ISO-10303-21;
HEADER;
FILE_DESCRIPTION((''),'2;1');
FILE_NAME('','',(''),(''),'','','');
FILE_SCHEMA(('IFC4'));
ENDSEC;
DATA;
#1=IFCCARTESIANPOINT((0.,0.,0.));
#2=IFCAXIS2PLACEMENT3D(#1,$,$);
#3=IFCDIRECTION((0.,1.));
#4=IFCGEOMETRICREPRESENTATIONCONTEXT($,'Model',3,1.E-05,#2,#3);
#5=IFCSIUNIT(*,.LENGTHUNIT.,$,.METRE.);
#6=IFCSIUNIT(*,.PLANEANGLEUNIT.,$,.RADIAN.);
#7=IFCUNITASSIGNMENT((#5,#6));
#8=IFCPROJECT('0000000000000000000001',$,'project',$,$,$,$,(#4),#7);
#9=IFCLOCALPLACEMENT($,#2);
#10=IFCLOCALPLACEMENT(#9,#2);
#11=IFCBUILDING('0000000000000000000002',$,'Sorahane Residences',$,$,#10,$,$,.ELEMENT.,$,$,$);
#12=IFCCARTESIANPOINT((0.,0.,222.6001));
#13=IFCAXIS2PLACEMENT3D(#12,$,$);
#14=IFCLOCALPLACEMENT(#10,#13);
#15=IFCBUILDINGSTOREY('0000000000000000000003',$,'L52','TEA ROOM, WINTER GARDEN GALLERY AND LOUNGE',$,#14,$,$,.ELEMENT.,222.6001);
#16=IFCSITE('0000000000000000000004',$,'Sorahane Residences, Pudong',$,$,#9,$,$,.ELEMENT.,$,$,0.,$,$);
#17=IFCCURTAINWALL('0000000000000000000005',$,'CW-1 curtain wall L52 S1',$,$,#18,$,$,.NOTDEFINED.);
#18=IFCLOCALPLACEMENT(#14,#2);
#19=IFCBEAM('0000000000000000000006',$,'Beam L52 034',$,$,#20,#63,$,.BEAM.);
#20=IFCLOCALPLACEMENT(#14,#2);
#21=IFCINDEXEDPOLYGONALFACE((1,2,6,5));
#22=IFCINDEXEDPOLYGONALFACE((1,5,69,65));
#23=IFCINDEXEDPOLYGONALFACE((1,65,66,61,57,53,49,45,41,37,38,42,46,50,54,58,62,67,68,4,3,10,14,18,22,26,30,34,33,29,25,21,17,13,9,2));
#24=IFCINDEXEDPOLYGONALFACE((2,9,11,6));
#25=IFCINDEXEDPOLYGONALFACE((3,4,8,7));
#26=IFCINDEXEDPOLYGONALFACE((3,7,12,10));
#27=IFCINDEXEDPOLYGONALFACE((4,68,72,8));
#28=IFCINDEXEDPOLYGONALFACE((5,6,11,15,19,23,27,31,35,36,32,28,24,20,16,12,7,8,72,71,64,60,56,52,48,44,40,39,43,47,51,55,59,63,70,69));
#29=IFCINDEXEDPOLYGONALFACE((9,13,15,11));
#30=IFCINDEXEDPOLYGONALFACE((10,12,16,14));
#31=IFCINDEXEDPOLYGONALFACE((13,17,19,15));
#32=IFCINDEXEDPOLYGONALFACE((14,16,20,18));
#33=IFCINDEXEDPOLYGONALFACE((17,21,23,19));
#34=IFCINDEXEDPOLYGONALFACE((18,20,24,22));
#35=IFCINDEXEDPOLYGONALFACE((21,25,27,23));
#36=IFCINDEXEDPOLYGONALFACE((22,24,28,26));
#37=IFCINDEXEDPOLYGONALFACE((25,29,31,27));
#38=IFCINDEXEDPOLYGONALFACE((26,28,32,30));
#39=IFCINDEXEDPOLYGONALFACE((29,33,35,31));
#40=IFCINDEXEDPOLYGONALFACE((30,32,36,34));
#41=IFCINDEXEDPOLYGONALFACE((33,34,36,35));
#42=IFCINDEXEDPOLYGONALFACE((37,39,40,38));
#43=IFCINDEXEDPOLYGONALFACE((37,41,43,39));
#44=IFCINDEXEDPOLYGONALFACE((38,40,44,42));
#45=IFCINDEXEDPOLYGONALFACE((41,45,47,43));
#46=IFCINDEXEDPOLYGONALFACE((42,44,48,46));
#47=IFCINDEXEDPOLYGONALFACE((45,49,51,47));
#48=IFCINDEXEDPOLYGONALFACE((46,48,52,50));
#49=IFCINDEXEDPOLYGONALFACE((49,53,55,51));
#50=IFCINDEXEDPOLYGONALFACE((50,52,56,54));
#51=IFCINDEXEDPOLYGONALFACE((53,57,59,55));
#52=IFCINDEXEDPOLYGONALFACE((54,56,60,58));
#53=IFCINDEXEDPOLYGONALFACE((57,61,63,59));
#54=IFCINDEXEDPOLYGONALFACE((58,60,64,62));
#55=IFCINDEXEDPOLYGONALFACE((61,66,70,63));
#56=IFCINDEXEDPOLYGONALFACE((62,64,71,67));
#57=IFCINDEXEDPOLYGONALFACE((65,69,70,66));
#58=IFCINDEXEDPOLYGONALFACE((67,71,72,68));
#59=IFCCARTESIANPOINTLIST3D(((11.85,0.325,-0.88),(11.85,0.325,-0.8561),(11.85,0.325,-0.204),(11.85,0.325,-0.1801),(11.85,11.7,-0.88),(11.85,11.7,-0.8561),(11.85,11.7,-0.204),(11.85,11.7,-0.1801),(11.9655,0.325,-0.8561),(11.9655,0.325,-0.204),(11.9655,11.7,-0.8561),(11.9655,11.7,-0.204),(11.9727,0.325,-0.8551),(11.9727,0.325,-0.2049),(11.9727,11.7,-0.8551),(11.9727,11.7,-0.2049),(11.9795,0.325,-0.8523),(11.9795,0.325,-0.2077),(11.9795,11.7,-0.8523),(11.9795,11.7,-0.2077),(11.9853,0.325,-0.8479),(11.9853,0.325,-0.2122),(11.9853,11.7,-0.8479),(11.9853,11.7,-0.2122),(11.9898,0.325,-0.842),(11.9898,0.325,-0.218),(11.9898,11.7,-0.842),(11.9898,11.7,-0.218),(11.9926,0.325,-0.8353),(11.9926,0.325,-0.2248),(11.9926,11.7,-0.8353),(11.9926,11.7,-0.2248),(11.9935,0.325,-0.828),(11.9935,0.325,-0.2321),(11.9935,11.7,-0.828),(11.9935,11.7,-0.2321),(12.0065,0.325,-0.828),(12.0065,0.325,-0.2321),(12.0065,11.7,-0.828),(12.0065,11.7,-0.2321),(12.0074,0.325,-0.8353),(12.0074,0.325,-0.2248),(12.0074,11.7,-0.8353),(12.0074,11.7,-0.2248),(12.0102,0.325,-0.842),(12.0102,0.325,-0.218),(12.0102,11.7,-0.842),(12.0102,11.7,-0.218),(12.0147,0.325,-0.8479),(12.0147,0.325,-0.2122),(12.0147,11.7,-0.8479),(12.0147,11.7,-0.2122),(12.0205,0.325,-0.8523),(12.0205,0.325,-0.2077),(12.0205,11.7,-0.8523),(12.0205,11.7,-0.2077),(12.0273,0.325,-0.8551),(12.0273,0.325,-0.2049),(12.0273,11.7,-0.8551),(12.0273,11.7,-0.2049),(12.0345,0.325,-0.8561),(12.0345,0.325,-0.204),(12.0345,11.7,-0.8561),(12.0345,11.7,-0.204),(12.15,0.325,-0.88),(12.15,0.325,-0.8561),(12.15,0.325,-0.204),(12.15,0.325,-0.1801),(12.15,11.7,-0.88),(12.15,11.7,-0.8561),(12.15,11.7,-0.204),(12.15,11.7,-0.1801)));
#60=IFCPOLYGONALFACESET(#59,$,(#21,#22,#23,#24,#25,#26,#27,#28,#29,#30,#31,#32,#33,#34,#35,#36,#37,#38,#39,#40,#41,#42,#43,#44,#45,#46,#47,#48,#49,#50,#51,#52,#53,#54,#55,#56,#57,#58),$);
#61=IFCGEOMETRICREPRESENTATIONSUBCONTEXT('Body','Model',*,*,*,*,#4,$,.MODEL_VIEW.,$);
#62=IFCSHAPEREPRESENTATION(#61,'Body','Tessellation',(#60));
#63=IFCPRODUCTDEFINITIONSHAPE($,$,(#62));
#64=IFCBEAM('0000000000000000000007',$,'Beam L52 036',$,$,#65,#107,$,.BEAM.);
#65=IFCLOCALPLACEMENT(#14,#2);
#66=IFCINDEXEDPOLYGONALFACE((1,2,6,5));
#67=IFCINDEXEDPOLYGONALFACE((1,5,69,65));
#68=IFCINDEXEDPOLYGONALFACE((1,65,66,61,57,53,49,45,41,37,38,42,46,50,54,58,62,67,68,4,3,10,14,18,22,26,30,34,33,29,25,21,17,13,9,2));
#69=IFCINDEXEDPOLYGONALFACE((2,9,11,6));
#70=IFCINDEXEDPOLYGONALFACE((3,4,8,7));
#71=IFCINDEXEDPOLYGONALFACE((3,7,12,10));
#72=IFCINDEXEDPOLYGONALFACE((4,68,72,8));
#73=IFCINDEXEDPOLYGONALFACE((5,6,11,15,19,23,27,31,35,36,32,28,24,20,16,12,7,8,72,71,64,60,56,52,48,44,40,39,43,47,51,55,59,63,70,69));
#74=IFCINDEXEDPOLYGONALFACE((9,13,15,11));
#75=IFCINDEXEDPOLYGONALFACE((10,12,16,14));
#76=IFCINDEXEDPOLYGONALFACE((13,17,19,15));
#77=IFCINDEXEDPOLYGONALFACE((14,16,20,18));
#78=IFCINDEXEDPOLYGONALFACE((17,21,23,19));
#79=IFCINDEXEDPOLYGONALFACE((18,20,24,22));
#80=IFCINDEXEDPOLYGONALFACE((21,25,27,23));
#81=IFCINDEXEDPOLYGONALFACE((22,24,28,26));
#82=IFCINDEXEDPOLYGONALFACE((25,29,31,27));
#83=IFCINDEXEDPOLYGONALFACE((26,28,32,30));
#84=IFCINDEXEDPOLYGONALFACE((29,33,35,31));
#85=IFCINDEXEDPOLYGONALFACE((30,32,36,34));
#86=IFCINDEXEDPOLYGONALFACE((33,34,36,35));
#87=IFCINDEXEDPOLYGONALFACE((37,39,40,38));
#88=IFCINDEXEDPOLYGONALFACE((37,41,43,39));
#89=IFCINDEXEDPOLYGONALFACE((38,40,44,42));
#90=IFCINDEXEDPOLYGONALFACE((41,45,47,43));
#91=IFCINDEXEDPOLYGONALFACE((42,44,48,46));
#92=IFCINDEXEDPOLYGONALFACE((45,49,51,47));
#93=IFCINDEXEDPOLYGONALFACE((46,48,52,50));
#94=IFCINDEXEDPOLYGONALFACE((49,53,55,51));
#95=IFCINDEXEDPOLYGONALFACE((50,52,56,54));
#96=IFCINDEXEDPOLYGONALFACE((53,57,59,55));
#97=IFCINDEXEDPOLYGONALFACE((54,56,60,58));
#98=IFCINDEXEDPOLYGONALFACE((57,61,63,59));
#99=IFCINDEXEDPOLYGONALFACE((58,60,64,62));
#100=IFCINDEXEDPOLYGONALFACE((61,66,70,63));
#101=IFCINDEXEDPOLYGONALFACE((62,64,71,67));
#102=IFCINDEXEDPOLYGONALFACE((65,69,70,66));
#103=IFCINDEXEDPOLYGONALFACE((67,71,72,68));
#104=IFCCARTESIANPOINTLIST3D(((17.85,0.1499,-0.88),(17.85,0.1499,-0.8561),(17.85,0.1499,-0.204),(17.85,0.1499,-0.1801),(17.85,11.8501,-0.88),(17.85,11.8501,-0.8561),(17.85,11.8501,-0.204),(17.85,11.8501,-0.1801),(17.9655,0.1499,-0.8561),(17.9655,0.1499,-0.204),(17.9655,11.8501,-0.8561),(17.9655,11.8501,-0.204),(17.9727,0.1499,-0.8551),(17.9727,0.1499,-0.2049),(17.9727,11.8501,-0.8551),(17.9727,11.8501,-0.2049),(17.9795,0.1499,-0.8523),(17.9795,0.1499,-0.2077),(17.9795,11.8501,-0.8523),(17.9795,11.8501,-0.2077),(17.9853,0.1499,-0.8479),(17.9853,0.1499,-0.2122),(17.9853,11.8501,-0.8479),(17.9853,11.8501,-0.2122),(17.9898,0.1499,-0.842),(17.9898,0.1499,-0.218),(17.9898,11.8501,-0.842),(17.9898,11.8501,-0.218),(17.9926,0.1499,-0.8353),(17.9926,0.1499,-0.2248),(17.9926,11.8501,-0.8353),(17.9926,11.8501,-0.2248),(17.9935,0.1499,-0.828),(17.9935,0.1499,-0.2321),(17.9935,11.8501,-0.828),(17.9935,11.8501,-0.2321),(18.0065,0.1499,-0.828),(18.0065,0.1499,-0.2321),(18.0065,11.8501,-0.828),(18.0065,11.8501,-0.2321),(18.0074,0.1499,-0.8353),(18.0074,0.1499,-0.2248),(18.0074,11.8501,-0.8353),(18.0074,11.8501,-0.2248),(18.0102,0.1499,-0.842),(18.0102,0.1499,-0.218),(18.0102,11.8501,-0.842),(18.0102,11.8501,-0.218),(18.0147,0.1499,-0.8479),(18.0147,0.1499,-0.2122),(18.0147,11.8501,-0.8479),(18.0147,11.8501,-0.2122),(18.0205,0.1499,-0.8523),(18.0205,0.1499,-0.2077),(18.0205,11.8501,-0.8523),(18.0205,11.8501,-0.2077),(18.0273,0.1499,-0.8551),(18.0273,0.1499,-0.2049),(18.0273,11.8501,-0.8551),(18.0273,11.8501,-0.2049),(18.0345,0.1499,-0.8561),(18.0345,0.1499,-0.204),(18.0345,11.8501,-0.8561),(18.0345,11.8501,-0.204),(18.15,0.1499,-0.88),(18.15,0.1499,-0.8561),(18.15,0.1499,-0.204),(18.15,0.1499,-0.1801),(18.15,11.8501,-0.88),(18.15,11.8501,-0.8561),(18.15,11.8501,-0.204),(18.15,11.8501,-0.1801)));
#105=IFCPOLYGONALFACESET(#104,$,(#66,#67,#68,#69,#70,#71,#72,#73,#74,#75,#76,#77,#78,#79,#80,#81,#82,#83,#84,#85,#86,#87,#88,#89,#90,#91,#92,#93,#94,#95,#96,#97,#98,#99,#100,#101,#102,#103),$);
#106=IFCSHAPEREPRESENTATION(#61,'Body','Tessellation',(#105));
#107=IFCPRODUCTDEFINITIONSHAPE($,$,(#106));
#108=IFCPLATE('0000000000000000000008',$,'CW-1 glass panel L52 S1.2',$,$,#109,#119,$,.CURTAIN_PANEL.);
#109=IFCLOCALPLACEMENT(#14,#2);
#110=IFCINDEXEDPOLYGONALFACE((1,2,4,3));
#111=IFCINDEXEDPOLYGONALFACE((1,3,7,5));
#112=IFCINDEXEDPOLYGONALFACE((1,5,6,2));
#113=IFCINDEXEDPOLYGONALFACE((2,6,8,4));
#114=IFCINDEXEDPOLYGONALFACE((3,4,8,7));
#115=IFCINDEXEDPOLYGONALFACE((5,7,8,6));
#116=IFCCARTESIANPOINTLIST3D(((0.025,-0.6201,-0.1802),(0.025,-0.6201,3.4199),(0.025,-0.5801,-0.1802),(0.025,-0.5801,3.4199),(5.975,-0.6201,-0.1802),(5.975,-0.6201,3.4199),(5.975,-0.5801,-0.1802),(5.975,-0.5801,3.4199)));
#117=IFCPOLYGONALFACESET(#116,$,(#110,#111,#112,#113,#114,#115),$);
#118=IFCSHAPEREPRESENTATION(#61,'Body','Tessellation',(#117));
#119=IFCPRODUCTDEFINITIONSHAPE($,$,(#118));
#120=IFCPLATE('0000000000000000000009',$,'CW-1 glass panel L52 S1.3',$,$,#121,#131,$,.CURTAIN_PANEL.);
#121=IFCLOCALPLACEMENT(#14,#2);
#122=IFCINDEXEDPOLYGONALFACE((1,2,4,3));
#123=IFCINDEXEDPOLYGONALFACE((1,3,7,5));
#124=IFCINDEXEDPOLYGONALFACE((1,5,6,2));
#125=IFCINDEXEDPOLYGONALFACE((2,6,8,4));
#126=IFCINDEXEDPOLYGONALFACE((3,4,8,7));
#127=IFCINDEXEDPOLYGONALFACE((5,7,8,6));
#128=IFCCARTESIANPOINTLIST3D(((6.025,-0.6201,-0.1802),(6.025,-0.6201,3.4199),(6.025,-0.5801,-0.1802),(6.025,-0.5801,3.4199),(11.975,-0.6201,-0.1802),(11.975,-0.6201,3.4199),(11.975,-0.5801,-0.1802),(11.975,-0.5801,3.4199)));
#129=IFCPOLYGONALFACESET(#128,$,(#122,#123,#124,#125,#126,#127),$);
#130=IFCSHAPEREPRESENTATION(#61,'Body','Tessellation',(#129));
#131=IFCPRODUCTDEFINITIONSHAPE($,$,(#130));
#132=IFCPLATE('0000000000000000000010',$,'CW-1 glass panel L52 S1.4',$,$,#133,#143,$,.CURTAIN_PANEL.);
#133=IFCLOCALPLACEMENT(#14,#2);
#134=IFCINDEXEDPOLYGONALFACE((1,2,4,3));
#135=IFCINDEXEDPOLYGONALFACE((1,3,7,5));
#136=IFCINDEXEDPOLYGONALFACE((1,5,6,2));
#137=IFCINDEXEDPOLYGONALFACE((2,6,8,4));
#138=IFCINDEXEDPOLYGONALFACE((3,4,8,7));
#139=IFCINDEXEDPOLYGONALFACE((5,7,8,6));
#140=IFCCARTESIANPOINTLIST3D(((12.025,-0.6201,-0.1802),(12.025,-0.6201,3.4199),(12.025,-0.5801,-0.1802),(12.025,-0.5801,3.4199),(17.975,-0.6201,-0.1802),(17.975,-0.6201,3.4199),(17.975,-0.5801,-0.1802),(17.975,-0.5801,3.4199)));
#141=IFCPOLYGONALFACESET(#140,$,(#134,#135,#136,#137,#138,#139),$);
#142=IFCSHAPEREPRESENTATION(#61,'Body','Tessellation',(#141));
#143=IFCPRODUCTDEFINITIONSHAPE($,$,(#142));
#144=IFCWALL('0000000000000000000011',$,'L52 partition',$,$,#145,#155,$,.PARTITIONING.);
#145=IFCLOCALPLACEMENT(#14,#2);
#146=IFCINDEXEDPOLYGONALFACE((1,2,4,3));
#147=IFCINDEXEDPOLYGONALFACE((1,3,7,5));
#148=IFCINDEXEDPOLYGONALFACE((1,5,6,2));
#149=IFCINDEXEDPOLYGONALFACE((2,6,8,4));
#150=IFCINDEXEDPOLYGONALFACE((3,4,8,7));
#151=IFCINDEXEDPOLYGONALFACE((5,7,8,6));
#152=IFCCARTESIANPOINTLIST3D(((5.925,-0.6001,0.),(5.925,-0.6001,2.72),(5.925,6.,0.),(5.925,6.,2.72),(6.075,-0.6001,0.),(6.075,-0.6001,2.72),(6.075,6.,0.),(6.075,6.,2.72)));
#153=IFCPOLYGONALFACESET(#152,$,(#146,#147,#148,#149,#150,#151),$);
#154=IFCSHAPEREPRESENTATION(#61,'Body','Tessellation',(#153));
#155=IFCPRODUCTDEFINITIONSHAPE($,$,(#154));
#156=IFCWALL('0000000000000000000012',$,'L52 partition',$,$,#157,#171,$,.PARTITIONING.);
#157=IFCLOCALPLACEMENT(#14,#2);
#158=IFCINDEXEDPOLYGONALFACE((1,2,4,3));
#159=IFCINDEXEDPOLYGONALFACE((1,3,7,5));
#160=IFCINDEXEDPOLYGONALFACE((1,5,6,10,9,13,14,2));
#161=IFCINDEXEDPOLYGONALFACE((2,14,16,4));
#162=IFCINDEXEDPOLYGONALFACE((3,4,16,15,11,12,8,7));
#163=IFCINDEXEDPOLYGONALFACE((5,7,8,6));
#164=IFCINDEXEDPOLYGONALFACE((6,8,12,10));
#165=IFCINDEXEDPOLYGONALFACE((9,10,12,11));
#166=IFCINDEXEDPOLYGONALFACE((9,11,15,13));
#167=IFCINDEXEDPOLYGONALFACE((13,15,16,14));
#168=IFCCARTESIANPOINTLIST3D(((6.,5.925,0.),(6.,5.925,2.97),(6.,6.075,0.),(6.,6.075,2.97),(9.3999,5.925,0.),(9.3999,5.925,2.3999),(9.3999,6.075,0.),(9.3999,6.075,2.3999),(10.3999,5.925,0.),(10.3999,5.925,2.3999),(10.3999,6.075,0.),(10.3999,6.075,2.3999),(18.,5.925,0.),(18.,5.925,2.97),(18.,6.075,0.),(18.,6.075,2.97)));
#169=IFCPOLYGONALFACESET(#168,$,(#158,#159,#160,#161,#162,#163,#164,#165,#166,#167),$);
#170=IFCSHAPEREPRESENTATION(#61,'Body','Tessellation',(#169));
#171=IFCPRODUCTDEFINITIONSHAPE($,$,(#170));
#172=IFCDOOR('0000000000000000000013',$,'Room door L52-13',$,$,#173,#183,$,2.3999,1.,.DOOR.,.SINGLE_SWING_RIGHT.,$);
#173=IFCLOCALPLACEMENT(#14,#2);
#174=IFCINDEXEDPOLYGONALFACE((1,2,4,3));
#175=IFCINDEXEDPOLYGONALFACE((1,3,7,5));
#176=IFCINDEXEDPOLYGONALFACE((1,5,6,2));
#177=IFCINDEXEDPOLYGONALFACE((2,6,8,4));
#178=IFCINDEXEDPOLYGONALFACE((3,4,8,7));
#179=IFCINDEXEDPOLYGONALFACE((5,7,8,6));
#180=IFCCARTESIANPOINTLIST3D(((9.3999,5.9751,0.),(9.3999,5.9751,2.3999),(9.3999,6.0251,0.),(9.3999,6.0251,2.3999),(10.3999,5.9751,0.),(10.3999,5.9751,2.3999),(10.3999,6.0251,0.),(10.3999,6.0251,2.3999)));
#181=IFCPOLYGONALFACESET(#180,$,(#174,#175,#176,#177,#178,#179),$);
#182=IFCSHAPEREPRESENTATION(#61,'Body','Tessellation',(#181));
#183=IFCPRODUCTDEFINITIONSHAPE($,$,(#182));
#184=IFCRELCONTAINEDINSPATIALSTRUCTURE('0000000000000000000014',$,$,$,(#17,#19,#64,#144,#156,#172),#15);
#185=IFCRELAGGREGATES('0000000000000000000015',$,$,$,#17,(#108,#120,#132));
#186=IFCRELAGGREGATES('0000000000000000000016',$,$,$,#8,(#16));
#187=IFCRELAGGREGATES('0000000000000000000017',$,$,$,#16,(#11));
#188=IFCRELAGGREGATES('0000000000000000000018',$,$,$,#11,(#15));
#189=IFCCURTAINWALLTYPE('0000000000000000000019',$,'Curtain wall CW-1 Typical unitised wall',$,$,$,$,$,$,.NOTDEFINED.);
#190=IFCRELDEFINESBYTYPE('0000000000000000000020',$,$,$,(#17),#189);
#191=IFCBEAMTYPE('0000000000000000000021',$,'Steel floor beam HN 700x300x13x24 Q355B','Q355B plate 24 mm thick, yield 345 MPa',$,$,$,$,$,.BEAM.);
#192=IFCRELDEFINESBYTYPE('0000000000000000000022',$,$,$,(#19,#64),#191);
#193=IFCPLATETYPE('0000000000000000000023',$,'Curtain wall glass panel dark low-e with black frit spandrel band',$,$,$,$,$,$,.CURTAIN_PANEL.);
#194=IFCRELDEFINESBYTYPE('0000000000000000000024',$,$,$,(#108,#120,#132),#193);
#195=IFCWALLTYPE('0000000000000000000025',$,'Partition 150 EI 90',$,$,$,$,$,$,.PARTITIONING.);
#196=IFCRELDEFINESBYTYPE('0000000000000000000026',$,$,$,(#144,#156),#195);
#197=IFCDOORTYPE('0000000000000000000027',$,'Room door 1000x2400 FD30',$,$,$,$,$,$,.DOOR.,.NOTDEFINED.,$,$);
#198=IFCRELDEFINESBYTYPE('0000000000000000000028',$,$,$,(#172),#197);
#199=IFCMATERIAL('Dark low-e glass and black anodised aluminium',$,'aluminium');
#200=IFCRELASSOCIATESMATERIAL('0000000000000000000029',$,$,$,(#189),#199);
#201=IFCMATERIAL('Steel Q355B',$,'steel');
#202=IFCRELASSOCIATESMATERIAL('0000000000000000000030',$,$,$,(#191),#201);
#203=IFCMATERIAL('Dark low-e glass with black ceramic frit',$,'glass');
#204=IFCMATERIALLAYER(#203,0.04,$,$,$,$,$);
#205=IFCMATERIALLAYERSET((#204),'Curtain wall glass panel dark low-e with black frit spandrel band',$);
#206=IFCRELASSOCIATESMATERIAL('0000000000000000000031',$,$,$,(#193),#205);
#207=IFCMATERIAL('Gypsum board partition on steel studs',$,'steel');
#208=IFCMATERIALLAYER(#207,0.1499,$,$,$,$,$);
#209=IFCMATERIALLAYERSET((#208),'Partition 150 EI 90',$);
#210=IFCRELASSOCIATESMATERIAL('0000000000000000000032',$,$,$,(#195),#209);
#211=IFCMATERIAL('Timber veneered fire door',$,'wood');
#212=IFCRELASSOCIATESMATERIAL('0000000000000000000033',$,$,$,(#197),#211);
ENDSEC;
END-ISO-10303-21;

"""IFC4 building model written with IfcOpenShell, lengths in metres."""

from ifc_helpers import new_model, si_unit, direction, frame, frame_2d, origin, origin_2d, place, context, subcontext, project, spatial, rectangle, i_section, extrude, material, layer, layer_set, material_profile, profile_set, type_object, element, fill, aggregate, save


model = new_model("IFC4")

# Units and contexts
model_context = context("Model", 3, precision=1e-05, world=origin(), true_north=direction((0.0, 1.0)))
body_context = subcontext(model_context, "Body", "Model", "MODEL_VIEW")
ifc_project = project(units=[si_unit("LENGTHUNIT", "METRE"), si_unit("PLANEANGLEUNIT", "RADIAN")], contexts=[model_context])

# Site, building, storey
site_placement = place(None, origin())
site = spatial("IfcSite", under=ifc_project, at=site_placement, Name="Sorahane Residences, Pudong", CompositionType="ELEMENT", RefElevation=0.0)
building_placement = place(site_placement, origin())
building = spatial("IfcBuilding", under=site, at=building_placement, Name="Sorahane Residences", CompositionType="ELEMENT")
storey_placement = place(building_placement, frame((0.0, 0.0, 222.6001)))
storey = spatial("IfcBuildingStorey", under=building, at=storey_placement, Name="L52", Description="TEA ROOM, WINTER GARDEN GALLERY AND LOUNGE", CompositionType="ELEMENT", Elevation=222.6001)

# Curtain wall
ifc_material_1 = material(Name="Dark low-e glass and black anodised aluminium", Category="aluminium")
curtain_wall_type = type_object("IfcCurtainWallType", Name="Curtain wall CW-1 Typical unitised wall", PredefinedType="NOTDEFINED", material=ifc_material_1)
curtain_wall_placement = place(storey_placement, origin())
curtain_wall = element("IfcCurtainWall", 1, at=curtain_wall_placement, inside=storey, type_object=curtain_wall_type, Name="CW-1 curtain wall L52 S1", PredefinedType="NOTDEFINED")

# Beams
ifc_material_2 = material(Name="Steel Q355B", Category="steel")
ifc_material_profile_1 = material_profile(ifc_material_2, i_section(OverallWidth=0.3, OverallDepth=0.7, WebThickness=0.0129, FlangeThickness=0.0239, FilletRadius=0.0281, at=origin_2d()), Name="HN 700x300x13x24")
ifc_profile_set_1 = profile_set([ifc_material_profile_1], Name="Steel Q355B")
beam_type_1 = type_object("IfcBeamType", Name="Steel floor beam HN 700x300x13x24 Q355B", Description="Q355B plate 24 mm thick, yield 345 MPa", PredefinedType="BEAM", material=ifc_profile_set_1)
beam_1_placement = place(storey_placement, frame((12.0, 0.325, -0.53), z_axis=(0.0, 1.0, 0.0), x_axis=(-1.0, 0.0, 0.0)))
element("IfcBeam", 2, at=beam_1_placement, inside=storey, type_object=beam_type_1, Name="Beam L52 034", PredefinedType="BEAM", context=body_context, shape_type="SweptSolid", body=[
    extrude(i_section(OverallWidth=0.3, OverallDepth=0.7, WebThickness=0.0129, FlangeThickness=0.0239, FilletRadius=0.0281, at=origin_2d()), origin(), (0.0, 0.0, 1.0), 11.375),
])
beam_2_placement = place(storey_placement, frame((18.0, 0.1499, -0.53), z_axis=(0.0, 1.0, 0.0), x_axis=(-1.0, 0.0, 0.0)))
element("IfcBeam", 3, at=beam_2_placement, inside=storey, type_object=beam_type_1, Name="Beam L52 036", PredefinedType="BEAM", context=body_context, shape_type="SweptSolid", body=[
    extrude(i_section(OverallWidth=0.3, OverallDepth=0.7, WebThickness=0.0129, FlangeThickness=0.0239, FilletRadius=0.0281, at=origin_2d()), origin(), (0.0, 0.0, 1.0), 11.7002),
])

# Plates
ifc_material_3 = material(Name="Dark low-e glass with black ceramic frit", Category="glass")
ifc_layer_1 = layer(ifc_material_3, 0.04)
ifc_layer_set_1 = layer_set([ifc_layer_1], Name="Curtain wall glass panel dark low-e with black frit spandrel band")
plate_type = type_object("IfcPlateType", Name="Curtain wall glass panel dark low-e with black frit spandrel band", PredefinedType="CURTAIN_PANEL", material=ifc_layer_set_1)
plate_1_placement = place(storey_placement, frame((3.0, -0.6001, -0.1802), z_axis=(0.0, 0.0, 1.0), x_axis=(1.0, 0.0, 0.0)))
plate_1 = element("IfcPlate", 4, at=plate_1_placement, type_object=plate_type, Name="CW-1 glass panel L52 S1.2", PredefinedType="CURTAIN_PANEL", context=body_context, shape_type="SweptSolid", body=[
    extrude(rectangle(XDim=5.95, YDim=0.04, at=origin_2d()), origin(), (0.0, 0.0, 1.0), 3.6001),
])
plate_2_placement = place(storey_placement, frame((9.0, -0.6001, -0.1802), z_axis=(0.0, 0.0, 1.0), x_axis=(1.0, 0.0, 0.0)))
plate_2 = element("IfcPlate", 5, at=plate_2_placement, type_object=plate_type, Name="CW-1 glass panel L52 S1.3", PredefinedType="CURTAIN_PANEL", context=body_context, shape_type="SweptSolid", body=[
    extrude(rectangle(XDim=5.95, YDim=0.04, at=origin_2d()), origin(), (0.0, 0.0, 1.0), 3.6001),
])
plate_3_placement = place(storey_placement, frame((15.0, -0.6001, -0.1802), z_axis=(0.0, 0.0, 1.0), x_axis=(1.0, 0.0, 0.0)))
plate_3 = element("IfcPlate", 6, at=plate_3_placement, type_object=plate_type, Name="CW-1 glass panel L52 S1.4", PredefinedType="CURTAIN_PANEL", context=body_context, shape_type="SweptSolid", body=[
    extrude(rectangle(XDim=5.95, YDim=0.04, at=origin_2d()), origin(), (0.0, 0.0, 1.0), 3.6001),
])
aggregate(curtain_wall, [plate_1, plate_2, plate_3])

# Wall
ifc_material_4 = material(Name="Gypsum board partition on steel studs", Category="steel")
ifc_layer_2 = layer(ifc_material_4, 0.1499)
ifc_layer_set_2 = layer_set([ifc_layer_2], Name="Partition 150 EI 90")
wall_type_1 = type_object("IfcWallType", Name="Partition 150 EI 90", PredefinedType="PARTITIONING", material=ifc_layer_set_2)
wall_1_placement = place(storey_placement, frame((6.0, -0.6001, 0.0), z_axis=(0.0, 0.0, 1.0), x_axis=(0.0, 1.0, 0.0)))
element("IfcWall", 7, at=wall_1_placement, inside=storey, type_object=wall_type_1, Name="L52 partition", PredefinedType="PARTITIONING", context=body_context, shape_type="SweptSolid", body=[
    extrude(rectangle(XDim=6.6001, YDim=0.1499, at=frame_2d((3.3, 0.0))), origin(), (0.0, 0.0, 1.0), 2.72),
])

# Wall, opening, door
wall_2_placement = place(storey_placement, frame((6.0, 6.0, 0.0), z_axis=(0.0, 0.0, 1.0), x_axis=(1.0, 0.0, 0.0)))
wall_2 = element("IfcWall", 8, at=wall_2_placement, inside=storey, type_object=wall_type_1, Name="L52 partition", PredefinedType="PARTITIONING", context=body_context, shape_type="SweptSolid", body=[
    extrude(rectangle(XDim=12.0, YDim=0.1499, at=frame_2d((6.0, 0.0))), origin(), (0.0, 0.0, 1.0), 2.97),
])
opening_1_placement = place(wall_2_placement, frame((3.3999, 0.0, 0.0)))
opening_1 = element("IfcOpeningElement", 9, at=opening_1_placement, cuts=wall_2, PredefinedType="OPENING", context=body_context, shape_type="SweptSolid", body=[
    extrude(rectangle(XDim=1.0, YDim=2.3999, at=frame_2d((0.5, 1.2))), frame((0.0, 0.085, 0.0), z_axis=(0.0, -1.0, 0.0), x_axis=(1.0, 0.0, 0.0)), (0.0, 0.0, 1.0), 0.1699),
])
ifc_material_5 = material(Name="Timber veneered fire door", Category="wood")
door_type_1 = type_object("IfcDoorType", Name="Room door 1000x2400 FD30", OperationType="NOTDEFINED", PredefinedType="DOOR", material=ifc_material_5)
door_1_placement = place(opening_1_placement, frame((1.0, 0.0, 0.0), z_axis=(0.0, 0.0, 1.0), x_axis=(-1.0, 0.0, 0.0)))
door_1 = element("IfcDoor", 10, at=door_1_placement, inside=storey, type_object=door_type_1, Name="Room door L52-13", OperationType="SINGLE_SWING_RIGHT", OverallHeight=2.3999, OverallWidth=1.0, PredefinedType="DOOR", context=body_context, shape_type="SweptSolid", body=[
    extrude(rectangle(XDim=1.0, YDim=2.3999, at=frame_2d((0.5, 1.2))), frame((0.0, 0.0249, 0.0), z_axis=(0.0, -1.0, 0.0), x_axis=(1.0, 0.0, 0.0)), (0.0, 0.0, 1.0), 0.05),
])
fill(opening_1, door_1)

save(model, "model.ifc")
